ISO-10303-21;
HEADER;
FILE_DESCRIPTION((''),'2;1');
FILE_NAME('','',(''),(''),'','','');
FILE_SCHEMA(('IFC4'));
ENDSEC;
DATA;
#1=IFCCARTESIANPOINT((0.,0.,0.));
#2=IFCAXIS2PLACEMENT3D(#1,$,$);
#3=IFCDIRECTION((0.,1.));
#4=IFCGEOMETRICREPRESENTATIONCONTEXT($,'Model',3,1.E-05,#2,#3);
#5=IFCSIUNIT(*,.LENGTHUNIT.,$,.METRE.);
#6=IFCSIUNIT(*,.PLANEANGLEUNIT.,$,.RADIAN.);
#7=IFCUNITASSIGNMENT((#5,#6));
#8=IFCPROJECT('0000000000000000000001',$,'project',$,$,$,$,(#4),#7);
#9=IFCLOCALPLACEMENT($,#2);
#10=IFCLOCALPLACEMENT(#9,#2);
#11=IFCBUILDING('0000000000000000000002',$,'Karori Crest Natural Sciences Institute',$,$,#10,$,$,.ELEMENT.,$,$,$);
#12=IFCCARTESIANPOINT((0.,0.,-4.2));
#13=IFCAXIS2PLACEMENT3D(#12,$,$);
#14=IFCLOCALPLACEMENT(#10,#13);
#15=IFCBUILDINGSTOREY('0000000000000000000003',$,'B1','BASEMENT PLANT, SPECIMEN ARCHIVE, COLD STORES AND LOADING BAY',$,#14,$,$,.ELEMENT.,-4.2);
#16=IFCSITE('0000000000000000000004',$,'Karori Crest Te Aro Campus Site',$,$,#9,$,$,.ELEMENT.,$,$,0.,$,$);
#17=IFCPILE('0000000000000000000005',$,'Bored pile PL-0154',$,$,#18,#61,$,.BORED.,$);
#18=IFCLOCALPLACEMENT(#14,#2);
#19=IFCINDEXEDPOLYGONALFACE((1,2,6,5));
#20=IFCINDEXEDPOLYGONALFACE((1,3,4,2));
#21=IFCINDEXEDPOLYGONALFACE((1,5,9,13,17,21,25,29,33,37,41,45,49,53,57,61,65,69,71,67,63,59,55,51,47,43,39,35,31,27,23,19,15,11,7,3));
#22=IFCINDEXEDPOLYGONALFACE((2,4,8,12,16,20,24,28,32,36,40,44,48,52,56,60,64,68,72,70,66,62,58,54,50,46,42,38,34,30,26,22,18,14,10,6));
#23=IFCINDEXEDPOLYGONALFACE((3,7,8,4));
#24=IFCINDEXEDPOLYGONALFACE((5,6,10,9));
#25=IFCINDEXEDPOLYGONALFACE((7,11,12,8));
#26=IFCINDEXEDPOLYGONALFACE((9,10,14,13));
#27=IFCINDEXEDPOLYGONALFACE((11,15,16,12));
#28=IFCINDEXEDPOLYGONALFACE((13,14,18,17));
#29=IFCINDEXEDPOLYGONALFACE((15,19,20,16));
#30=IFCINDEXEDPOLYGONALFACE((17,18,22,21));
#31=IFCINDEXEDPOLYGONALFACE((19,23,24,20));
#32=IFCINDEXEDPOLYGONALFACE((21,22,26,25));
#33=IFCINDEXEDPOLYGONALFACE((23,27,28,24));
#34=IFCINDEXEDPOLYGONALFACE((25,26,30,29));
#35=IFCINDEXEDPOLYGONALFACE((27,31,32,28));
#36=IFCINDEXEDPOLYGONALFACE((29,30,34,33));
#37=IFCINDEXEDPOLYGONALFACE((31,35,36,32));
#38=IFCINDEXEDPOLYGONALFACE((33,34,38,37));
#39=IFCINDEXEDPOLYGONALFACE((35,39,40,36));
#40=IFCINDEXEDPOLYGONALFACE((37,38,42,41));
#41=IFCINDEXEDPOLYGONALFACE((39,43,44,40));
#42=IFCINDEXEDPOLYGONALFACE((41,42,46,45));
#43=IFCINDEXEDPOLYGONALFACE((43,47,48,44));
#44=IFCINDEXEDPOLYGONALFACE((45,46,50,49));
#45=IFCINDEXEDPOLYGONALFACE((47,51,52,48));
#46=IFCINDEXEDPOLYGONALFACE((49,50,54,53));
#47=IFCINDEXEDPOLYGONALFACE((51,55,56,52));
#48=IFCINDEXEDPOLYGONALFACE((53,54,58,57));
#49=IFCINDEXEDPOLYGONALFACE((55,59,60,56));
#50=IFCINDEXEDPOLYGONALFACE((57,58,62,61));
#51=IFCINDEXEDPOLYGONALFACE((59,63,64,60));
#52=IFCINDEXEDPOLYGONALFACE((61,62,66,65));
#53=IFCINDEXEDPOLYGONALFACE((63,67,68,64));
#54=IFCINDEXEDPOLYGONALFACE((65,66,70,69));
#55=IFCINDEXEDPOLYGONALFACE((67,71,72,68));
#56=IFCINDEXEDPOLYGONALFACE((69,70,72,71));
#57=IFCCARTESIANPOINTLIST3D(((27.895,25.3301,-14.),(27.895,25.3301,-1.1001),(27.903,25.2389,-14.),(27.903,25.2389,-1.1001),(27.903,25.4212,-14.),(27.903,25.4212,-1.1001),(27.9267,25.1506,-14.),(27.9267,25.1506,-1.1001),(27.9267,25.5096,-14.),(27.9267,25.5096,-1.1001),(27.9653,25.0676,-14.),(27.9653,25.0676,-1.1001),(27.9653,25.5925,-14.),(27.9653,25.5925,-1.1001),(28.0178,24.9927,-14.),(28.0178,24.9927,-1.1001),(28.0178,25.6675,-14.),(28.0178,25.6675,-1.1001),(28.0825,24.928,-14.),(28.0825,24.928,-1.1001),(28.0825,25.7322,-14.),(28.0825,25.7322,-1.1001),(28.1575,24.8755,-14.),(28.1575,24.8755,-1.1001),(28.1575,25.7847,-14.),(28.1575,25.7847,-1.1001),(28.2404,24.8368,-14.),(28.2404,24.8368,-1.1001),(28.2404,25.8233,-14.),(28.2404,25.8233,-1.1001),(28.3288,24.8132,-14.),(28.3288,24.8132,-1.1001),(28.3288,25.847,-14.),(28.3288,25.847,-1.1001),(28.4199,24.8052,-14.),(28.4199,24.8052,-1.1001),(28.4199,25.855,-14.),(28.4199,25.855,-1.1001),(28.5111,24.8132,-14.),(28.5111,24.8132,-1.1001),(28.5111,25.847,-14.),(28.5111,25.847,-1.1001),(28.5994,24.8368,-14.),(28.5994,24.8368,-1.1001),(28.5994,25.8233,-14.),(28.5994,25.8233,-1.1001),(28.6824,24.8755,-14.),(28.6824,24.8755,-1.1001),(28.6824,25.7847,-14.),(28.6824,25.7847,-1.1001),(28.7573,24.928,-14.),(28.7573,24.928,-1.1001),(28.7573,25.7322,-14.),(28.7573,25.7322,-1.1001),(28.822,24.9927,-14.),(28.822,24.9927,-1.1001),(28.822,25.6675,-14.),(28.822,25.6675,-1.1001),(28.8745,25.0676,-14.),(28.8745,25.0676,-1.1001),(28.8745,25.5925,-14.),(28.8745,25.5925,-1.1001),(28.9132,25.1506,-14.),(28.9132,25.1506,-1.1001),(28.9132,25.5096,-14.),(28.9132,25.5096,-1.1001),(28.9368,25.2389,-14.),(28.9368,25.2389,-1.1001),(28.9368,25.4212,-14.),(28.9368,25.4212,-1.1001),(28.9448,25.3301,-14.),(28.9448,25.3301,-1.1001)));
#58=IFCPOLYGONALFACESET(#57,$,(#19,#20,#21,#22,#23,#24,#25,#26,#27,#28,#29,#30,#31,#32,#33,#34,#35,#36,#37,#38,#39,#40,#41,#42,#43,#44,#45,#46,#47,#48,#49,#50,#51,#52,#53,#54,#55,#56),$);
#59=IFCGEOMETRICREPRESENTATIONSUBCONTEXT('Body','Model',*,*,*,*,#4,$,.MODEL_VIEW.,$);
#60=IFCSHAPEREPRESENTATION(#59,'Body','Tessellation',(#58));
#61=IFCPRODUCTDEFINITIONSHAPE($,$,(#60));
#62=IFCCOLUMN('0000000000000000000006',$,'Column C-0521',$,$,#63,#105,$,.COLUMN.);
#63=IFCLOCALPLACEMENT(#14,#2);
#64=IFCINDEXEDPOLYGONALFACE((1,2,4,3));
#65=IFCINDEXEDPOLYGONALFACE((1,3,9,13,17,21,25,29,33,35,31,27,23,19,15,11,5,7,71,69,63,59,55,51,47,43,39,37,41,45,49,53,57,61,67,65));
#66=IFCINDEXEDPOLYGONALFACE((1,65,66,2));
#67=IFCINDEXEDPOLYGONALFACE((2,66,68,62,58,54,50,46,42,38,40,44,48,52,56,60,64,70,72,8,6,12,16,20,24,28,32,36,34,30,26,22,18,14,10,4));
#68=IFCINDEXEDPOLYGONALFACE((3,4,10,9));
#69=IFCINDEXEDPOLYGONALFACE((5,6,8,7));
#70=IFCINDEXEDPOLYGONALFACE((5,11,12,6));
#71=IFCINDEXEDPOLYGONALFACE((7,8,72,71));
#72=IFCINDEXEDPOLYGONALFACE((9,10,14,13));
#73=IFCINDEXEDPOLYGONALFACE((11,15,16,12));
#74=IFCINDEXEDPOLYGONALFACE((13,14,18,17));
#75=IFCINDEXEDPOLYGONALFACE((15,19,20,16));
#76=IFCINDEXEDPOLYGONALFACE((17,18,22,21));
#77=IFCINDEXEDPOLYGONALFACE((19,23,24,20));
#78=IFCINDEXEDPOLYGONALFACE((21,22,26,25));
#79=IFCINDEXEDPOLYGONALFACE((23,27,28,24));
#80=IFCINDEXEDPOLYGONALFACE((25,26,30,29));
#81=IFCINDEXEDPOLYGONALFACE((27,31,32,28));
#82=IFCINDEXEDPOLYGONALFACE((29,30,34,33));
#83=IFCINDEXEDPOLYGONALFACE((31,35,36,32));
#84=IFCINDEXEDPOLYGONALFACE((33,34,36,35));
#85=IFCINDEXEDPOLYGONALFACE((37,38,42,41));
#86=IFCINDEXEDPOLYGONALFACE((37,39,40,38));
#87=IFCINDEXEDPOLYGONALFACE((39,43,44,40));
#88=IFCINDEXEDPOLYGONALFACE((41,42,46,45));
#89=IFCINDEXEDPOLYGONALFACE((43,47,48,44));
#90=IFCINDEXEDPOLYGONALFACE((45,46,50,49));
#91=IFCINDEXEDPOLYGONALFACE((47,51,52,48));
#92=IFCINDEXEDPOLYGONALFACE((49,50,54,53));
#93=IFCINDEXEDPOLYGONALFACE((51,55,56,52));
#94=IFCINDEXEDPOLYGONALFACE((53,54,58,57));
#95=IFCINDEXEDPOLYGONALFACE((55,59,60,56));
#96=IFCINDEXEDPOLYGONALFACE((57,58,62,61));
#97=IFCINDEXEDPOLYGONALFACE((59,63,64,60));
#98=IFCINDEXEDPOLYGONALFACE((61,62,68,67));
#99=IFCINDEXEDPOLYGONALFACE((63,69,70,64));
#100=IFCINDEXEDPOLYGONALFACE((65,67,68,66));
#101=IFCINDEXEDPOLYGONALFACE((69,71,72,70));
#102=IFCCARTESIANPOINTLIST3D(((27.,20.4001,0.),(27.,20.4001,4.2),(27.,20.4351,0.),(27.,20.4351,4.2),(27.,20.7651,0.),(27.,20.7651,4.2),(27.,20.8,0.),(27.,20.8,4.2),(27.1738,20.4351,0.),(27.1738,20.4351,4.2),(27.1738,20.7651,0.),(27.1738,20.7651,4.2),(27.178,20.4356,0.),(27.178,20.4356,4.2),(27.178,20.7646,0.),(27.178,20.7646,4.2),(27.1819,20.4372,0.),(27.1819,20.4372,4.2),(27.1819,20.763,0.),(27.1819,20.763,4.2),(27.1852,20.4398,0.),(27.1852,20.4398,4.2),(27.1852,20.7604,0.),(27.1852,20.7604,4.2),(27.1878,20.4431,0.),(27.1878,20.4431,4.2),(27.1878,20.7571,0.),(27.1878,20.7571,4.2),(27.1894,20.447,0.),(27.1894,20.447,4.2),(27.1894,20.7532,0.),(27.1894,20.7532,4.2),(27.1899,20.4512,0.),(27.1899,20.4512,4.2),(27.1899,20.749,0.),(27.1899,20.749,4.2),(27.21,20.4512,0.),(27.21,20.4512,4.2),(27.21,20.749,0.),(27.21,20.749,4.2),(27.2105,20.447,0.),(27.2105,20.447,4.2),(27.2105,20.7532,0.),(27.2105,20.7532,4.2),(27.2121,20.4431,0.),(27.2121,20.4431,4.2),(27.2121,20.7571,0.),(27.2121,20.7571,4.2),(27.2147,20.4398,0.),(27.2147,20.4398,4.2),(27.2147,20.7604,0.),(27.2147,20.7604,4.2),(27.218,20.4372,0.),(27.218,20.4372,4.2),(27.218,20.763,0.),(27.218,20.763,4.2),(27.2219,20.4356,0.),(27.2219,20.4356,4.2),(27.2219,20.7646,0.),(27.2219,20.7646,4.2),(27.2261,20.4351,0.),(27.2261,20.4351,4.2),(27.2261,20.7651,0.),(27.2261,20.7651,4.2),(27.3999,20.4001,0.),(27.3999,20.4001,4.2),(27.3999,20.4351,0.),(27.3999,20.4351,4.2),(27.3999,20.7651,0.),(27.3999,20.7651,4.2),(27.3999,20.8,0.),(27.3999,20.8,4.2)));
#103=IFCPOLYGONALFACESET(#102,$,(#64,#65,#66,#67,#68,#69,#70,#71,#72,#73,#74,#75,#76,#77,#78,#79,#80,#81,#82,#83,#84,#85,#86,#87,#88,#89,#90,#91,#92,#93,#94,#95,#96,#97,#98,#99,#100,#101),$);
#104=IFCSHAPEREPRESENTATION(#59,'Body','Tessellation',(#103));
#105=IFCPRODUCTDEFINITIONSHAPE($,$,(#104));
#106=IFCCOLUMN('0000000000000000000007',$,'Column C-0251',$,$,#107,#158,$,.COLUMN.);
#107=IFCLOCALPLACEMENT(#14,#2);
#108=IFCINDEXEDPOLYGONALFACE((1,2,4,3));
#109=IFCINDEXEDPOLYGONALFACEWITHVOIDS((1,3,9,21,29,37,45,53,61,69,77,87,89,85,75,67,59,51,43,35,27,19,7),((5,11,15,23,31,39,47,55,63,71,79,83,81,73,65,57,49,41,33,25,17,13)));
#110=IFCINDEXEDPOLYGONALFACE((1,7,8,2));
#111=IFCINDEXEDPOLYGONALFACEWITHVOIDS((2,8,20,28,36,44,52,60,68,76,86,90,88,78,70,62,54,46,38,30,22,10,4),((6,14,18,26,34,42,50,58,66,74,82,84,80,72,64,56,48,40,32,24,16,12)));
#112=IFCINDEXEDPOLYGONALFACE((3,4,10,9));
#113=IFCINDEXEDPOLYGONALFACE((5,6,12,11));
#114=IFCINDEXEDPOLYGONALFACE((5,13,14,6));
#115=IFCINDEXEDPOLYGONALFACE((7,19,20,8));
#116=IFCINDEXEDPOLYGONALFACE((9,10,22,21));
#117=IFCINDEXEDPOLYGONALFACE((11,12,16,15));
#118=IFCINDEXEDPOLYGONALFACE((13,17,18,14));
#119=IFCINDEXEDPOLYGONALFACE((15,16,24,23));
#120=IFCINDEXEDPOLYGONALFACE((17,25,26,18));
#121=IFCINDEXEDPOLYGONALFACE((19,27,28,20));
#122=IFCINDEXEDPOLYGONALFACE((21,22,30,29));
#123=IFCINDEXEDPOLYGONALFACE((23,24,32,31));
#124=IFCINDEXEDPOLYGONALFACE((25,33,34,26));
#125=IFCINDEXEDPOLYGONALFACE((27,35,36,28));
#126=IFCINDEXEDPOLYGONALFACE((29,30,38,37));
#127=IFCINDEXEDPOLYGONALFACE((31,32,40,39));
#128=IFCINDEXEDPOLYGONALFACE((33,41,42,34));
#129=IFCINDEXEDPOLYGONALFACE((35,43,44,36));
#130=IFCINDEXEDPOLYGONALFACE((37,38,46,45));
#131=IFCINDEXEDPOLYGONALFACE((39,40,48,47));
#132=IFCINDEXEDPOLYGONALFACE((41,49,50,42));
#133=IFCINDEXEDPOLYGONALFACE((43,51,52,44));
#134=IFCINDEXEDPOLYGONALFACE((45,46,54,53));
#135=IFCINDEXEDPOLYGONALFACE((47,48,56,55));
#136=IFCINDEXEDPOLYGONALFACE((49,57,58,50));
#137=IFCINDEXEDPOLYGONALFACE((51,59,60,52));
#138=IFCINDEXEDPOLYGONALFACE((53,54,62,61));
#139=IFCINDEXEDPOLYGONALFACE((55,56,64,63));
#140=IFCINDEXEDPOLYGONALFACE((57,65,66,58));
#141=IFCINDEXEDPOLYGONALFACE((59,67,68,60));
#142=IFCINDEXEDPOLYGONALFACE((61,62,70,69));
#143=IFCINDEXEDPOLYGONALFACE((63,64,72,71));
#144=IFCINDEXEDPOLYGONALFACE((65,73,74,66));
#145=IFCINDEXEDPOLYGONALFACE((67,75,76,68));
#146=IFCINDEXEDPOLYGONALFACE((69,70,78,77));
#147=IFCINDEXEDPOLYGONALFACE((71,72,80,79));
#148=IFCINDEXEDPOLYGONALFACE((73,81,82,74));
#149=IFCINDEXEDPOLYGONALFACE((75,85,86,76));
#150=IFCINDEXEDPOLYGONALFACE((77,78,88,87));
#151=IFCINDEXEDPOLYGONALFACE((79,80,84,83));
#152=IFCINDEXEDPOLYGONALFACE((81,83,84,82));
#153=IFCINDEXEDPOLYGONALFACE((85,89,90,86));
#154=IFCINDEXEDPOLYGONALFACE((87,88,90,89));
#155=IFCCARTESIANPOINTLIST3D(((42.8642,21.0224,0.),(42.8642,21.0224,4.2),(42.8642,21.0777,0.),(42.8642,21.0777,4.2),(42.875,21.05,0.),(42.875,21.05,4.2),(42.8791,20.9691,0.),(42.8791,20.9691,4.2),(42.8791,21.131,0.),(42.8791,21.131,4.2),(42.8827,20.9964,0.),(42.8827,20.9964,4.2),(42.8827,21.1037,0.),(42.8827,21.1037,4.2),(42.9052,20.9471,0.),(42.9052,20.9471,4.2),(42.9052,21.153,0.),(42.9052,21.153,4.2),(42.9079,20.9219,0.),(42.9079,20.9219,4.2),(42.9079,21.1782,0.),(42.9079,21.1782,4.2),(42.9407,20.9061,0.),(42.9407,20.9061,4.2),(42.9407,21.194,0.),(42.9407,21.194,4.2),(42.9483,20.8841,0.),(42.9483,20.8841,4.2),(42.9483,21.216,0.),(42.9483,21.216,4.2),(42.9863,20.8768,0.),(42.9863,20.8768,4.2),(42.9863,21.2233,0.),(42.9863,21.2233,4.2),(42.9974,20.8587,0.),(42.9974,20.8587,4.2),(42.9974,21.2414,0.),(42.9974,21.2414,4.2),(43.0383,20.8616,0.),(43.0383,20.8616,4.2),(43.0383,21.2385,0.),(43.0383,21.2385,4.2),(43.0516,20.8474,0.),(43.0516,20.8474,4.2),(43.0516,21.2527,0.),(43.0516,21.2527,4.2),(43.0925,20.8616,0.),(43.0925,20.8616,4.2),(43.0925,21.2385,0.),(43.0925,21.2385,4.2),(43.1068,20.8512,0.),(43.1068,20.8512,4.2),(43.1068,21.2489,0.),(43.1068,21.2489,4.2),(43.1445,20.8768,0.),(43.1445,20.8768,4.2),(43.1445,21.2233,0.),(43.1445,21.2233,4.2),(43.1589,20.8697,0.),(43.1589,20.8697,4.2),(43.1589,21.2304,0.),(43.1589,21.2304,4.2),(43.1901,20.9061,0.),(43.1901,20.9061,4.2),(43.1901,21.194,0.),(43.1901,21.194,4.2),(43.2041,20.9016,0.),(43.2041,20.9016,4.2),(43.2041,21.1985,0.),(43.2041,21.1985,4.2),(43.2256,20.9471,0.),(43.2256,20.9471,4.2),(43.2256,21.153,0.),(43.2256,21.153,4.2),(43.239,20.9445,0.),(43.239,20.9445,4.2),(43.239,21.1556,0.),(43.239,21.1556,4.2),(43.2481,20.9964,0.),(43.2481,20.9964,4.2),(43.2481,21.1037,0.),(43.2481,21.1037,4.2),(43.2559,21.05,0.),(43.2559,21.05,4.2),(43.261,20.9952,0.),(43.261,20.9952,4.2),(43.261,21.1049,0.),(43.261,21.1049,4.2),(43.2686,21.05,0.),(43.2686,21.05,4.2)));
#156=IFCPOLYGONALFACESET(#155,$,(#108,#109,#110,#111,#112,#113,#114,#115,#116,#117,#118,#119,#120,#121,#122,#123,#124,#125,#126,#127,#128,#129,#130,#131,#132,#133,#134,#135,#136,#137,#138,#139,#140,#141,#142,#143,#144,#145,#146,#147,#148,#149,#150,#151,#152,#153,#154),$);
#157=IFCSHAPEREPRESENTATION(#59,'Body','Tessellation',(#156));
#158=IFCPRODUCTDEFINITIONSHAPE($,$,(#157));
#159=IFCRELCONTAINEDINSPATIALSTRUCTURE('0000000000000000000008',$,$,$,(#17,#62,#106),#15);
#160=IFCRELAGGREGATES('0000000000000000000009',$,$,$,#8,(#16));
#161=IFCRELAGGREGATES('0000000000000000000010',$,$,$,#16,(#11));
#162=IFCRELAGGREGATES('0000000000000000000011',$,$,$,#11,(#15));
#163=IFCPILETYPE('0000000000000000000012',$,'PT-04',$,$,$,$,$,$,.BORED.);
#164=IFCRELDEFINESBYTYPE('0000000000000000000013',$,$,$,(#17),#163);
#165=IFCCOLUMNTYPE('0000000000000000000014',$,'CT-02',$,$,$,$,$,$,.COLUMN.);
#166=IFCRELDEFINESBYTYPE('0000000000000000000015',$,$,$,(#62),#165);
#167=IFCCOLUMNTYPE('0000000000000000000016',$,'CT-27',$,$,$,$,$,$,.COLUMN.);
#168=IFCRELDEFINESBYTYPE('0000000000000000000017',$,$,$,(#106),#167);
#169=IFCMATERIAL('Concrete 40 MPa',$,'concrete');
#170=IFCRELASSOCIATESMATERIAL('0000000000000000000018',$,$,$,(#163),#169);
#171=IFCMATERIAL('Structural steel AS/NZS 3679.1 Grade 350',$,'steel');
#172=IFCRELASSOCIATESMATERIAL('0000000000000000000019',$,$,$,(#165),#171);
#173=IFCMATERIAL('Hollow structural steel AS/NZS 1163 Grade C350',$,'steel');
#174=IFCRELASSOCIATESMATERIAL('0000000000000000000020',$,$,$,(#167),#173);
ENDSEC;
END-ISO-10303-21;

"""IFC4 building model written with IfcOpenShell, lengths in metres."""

from ifc_helpers import new_model, si_unit, direction, frame, origin, origin_2d, place, context, subcontext, project, spatial, circle, hollow_circle, i_section, extrude, material, material_profile, profile_set, type_object, element, save


model = new_model("IFC4")

# Units and contexts
model_context = context("Model", 3, precision=1e-05, world=origin(), true_north=direction((0.0, 1.0)))
body_context = subcontext(model_context, "Body", "Model", "MODEL_VIEW")
ifc_project = project(units=[si_unit("LENGTHUNIT", "METRE"), si_unit("PLANEANGLEUNIT", "RADIAN")], contexts=[model_context])

# Site, building, storey
site_placement = place(None, origin())
site = spatial("IfcSite", under=ifc_project, at=site_placement, Name="Karori Crest Te Aro Campus Site", CompositionType="ELEMENT", RefElevation=0.0)
building_placement = place(site_placement, origin())
building = spatial("IfcBuilding", under=site, at=building_placement, Name="Karori Crest Natural Sciences Institute", CompositionType="ELEMENT")
storey_placement = place(building_placement, frame((0.0, 0.0, -4.2)))
storey = spatial("IfcBuildingStorey", under=building, at=storey_placement, Name="B1", Description="BASEMENT PLANT, SPECIMEN ARCHIVE, COLD STORES AND LOADING BAY", CompositionType="ELEMENT", Elevation=-4.2)

# Shared definitions
ifc_material_1 = material(Name="Concrete 40 MPa", Category="concrete")

# Pile
ifc_material_profile_1 = material_profile(ifc_material_1, circle(Radius=0.5249, at=origin_2d()), Name="PILE1050")
ifc_profile_set_1 = profile_set([ifc_material_profile_1], Name="Concrete 40 MPa")
pile_type_1 = type_object("IfcPileType", Name="PT-04", PredefinedType="BORED", material=ifc_profile_set_1)
for number, where, z_axis, x_axis, name in (
    (1, (28.4199, 25.3301, -1.1001), (0.0, 0.0, -1.0), (1.0, 0.0, 0.0), "Bored pile PL-0154"),
):
    element("IfcPile", number, at=place(storey_placement, frame(where, z_axis=z_axis, x_axis=x_axis)), inside=storey, type_object=pile_type_1, Name=name, PredefinedType="BORED", context=body_context, shape_type="SweptSolid", body=[
        extrude(circle(Radius=0.5249, at=origin_2d()), origin(), (0.0, 0.0, 1.0), 12.8999),
    ])

# Columns
ifc_material_2 = material(Name="Structural steel AS/NZS 3679.1 Grade 350", Category="steel")
ifc_material_profile_2 = material_profile(ifc_material_2, i_section(OverallWidth=0.3999, OverallDepth=0.3999, WebThickness=0.02, FlangeThickness=0.0349, FilletRadius=0.0161, at=origin_2d()), Name="400WC328")
ifc_profile_set_2 = profile_set([ifc_material_profile_2], Name="Structural steel AS/NZS 3679.1 Grade 350")
column_type_1 = type_object("IfcColumnType", Name="CT-02", PredefinedType="COLUMN", material=ifc_profile_set_2)
column_1_placement = place(storey_placement, frame((27.2, 20.6001, 0.0), z_axis=(0.0, 0.0, 1.0), x_axis=(1.0, 0.0, 0.0)))
element("IfcColumn", 2, at=column_1_placement, inside=storey, type_object=column_type_1, Name="Column C-0521", PredefinedType="COLUMN", context=body_context, shape_type="SweptSolid", body=[
    extrude(i_section(OverallWidth=0.3999, OverallDepth=0.3999, WebThickness=0.02, FlangeThickness=0.0349, FilletRadius=0.0161, at=origin_2d()), origin(), (0.0, 0.0, 1.0), 4.2),
])
ifc_material_3 = material(Name="Hollow structural steel AS/NZS 1163 Grade C350", Category="steel")
ifc_material_profile_3 = material_profile(ifc_material_3, hollow_circle(Radius=0.2031, WallThickness=0.0127, at=origin_2d()), Name="CHS406.4x12.7")
ifc_profile_set_3 = profile_set([ifc_material_profile_3], Name="Hollow structural steel AS/NZS 1163 Grade C350")
column_type_2 = type_object("IfcColumnType", Name="CT-27", PredefinedType="COLUMN", material=ifc_profile_set_3)
column_2_placement = place(storey_placement, frame((43.0654, 21.05, 0.0), z_axis=(0.0, 0.0, 1.0), x_axis=(1.0, 0.0, 0.0)))
element("IfcColumn", 3, at=column_2_placement, inside=storey, type_object=column_type_2, Name="Column C-0251", PredefinedType="COLUMN", context=body_context, shape_type="SweptSolid", body=[
    extrude(hollow_circle(Radius=0.2031, WallThickness=0.0127, at=origin_2d()), origin(), (0.0, 0.0, 1.0), 4.2),
])

save(model, "model.ifc")
